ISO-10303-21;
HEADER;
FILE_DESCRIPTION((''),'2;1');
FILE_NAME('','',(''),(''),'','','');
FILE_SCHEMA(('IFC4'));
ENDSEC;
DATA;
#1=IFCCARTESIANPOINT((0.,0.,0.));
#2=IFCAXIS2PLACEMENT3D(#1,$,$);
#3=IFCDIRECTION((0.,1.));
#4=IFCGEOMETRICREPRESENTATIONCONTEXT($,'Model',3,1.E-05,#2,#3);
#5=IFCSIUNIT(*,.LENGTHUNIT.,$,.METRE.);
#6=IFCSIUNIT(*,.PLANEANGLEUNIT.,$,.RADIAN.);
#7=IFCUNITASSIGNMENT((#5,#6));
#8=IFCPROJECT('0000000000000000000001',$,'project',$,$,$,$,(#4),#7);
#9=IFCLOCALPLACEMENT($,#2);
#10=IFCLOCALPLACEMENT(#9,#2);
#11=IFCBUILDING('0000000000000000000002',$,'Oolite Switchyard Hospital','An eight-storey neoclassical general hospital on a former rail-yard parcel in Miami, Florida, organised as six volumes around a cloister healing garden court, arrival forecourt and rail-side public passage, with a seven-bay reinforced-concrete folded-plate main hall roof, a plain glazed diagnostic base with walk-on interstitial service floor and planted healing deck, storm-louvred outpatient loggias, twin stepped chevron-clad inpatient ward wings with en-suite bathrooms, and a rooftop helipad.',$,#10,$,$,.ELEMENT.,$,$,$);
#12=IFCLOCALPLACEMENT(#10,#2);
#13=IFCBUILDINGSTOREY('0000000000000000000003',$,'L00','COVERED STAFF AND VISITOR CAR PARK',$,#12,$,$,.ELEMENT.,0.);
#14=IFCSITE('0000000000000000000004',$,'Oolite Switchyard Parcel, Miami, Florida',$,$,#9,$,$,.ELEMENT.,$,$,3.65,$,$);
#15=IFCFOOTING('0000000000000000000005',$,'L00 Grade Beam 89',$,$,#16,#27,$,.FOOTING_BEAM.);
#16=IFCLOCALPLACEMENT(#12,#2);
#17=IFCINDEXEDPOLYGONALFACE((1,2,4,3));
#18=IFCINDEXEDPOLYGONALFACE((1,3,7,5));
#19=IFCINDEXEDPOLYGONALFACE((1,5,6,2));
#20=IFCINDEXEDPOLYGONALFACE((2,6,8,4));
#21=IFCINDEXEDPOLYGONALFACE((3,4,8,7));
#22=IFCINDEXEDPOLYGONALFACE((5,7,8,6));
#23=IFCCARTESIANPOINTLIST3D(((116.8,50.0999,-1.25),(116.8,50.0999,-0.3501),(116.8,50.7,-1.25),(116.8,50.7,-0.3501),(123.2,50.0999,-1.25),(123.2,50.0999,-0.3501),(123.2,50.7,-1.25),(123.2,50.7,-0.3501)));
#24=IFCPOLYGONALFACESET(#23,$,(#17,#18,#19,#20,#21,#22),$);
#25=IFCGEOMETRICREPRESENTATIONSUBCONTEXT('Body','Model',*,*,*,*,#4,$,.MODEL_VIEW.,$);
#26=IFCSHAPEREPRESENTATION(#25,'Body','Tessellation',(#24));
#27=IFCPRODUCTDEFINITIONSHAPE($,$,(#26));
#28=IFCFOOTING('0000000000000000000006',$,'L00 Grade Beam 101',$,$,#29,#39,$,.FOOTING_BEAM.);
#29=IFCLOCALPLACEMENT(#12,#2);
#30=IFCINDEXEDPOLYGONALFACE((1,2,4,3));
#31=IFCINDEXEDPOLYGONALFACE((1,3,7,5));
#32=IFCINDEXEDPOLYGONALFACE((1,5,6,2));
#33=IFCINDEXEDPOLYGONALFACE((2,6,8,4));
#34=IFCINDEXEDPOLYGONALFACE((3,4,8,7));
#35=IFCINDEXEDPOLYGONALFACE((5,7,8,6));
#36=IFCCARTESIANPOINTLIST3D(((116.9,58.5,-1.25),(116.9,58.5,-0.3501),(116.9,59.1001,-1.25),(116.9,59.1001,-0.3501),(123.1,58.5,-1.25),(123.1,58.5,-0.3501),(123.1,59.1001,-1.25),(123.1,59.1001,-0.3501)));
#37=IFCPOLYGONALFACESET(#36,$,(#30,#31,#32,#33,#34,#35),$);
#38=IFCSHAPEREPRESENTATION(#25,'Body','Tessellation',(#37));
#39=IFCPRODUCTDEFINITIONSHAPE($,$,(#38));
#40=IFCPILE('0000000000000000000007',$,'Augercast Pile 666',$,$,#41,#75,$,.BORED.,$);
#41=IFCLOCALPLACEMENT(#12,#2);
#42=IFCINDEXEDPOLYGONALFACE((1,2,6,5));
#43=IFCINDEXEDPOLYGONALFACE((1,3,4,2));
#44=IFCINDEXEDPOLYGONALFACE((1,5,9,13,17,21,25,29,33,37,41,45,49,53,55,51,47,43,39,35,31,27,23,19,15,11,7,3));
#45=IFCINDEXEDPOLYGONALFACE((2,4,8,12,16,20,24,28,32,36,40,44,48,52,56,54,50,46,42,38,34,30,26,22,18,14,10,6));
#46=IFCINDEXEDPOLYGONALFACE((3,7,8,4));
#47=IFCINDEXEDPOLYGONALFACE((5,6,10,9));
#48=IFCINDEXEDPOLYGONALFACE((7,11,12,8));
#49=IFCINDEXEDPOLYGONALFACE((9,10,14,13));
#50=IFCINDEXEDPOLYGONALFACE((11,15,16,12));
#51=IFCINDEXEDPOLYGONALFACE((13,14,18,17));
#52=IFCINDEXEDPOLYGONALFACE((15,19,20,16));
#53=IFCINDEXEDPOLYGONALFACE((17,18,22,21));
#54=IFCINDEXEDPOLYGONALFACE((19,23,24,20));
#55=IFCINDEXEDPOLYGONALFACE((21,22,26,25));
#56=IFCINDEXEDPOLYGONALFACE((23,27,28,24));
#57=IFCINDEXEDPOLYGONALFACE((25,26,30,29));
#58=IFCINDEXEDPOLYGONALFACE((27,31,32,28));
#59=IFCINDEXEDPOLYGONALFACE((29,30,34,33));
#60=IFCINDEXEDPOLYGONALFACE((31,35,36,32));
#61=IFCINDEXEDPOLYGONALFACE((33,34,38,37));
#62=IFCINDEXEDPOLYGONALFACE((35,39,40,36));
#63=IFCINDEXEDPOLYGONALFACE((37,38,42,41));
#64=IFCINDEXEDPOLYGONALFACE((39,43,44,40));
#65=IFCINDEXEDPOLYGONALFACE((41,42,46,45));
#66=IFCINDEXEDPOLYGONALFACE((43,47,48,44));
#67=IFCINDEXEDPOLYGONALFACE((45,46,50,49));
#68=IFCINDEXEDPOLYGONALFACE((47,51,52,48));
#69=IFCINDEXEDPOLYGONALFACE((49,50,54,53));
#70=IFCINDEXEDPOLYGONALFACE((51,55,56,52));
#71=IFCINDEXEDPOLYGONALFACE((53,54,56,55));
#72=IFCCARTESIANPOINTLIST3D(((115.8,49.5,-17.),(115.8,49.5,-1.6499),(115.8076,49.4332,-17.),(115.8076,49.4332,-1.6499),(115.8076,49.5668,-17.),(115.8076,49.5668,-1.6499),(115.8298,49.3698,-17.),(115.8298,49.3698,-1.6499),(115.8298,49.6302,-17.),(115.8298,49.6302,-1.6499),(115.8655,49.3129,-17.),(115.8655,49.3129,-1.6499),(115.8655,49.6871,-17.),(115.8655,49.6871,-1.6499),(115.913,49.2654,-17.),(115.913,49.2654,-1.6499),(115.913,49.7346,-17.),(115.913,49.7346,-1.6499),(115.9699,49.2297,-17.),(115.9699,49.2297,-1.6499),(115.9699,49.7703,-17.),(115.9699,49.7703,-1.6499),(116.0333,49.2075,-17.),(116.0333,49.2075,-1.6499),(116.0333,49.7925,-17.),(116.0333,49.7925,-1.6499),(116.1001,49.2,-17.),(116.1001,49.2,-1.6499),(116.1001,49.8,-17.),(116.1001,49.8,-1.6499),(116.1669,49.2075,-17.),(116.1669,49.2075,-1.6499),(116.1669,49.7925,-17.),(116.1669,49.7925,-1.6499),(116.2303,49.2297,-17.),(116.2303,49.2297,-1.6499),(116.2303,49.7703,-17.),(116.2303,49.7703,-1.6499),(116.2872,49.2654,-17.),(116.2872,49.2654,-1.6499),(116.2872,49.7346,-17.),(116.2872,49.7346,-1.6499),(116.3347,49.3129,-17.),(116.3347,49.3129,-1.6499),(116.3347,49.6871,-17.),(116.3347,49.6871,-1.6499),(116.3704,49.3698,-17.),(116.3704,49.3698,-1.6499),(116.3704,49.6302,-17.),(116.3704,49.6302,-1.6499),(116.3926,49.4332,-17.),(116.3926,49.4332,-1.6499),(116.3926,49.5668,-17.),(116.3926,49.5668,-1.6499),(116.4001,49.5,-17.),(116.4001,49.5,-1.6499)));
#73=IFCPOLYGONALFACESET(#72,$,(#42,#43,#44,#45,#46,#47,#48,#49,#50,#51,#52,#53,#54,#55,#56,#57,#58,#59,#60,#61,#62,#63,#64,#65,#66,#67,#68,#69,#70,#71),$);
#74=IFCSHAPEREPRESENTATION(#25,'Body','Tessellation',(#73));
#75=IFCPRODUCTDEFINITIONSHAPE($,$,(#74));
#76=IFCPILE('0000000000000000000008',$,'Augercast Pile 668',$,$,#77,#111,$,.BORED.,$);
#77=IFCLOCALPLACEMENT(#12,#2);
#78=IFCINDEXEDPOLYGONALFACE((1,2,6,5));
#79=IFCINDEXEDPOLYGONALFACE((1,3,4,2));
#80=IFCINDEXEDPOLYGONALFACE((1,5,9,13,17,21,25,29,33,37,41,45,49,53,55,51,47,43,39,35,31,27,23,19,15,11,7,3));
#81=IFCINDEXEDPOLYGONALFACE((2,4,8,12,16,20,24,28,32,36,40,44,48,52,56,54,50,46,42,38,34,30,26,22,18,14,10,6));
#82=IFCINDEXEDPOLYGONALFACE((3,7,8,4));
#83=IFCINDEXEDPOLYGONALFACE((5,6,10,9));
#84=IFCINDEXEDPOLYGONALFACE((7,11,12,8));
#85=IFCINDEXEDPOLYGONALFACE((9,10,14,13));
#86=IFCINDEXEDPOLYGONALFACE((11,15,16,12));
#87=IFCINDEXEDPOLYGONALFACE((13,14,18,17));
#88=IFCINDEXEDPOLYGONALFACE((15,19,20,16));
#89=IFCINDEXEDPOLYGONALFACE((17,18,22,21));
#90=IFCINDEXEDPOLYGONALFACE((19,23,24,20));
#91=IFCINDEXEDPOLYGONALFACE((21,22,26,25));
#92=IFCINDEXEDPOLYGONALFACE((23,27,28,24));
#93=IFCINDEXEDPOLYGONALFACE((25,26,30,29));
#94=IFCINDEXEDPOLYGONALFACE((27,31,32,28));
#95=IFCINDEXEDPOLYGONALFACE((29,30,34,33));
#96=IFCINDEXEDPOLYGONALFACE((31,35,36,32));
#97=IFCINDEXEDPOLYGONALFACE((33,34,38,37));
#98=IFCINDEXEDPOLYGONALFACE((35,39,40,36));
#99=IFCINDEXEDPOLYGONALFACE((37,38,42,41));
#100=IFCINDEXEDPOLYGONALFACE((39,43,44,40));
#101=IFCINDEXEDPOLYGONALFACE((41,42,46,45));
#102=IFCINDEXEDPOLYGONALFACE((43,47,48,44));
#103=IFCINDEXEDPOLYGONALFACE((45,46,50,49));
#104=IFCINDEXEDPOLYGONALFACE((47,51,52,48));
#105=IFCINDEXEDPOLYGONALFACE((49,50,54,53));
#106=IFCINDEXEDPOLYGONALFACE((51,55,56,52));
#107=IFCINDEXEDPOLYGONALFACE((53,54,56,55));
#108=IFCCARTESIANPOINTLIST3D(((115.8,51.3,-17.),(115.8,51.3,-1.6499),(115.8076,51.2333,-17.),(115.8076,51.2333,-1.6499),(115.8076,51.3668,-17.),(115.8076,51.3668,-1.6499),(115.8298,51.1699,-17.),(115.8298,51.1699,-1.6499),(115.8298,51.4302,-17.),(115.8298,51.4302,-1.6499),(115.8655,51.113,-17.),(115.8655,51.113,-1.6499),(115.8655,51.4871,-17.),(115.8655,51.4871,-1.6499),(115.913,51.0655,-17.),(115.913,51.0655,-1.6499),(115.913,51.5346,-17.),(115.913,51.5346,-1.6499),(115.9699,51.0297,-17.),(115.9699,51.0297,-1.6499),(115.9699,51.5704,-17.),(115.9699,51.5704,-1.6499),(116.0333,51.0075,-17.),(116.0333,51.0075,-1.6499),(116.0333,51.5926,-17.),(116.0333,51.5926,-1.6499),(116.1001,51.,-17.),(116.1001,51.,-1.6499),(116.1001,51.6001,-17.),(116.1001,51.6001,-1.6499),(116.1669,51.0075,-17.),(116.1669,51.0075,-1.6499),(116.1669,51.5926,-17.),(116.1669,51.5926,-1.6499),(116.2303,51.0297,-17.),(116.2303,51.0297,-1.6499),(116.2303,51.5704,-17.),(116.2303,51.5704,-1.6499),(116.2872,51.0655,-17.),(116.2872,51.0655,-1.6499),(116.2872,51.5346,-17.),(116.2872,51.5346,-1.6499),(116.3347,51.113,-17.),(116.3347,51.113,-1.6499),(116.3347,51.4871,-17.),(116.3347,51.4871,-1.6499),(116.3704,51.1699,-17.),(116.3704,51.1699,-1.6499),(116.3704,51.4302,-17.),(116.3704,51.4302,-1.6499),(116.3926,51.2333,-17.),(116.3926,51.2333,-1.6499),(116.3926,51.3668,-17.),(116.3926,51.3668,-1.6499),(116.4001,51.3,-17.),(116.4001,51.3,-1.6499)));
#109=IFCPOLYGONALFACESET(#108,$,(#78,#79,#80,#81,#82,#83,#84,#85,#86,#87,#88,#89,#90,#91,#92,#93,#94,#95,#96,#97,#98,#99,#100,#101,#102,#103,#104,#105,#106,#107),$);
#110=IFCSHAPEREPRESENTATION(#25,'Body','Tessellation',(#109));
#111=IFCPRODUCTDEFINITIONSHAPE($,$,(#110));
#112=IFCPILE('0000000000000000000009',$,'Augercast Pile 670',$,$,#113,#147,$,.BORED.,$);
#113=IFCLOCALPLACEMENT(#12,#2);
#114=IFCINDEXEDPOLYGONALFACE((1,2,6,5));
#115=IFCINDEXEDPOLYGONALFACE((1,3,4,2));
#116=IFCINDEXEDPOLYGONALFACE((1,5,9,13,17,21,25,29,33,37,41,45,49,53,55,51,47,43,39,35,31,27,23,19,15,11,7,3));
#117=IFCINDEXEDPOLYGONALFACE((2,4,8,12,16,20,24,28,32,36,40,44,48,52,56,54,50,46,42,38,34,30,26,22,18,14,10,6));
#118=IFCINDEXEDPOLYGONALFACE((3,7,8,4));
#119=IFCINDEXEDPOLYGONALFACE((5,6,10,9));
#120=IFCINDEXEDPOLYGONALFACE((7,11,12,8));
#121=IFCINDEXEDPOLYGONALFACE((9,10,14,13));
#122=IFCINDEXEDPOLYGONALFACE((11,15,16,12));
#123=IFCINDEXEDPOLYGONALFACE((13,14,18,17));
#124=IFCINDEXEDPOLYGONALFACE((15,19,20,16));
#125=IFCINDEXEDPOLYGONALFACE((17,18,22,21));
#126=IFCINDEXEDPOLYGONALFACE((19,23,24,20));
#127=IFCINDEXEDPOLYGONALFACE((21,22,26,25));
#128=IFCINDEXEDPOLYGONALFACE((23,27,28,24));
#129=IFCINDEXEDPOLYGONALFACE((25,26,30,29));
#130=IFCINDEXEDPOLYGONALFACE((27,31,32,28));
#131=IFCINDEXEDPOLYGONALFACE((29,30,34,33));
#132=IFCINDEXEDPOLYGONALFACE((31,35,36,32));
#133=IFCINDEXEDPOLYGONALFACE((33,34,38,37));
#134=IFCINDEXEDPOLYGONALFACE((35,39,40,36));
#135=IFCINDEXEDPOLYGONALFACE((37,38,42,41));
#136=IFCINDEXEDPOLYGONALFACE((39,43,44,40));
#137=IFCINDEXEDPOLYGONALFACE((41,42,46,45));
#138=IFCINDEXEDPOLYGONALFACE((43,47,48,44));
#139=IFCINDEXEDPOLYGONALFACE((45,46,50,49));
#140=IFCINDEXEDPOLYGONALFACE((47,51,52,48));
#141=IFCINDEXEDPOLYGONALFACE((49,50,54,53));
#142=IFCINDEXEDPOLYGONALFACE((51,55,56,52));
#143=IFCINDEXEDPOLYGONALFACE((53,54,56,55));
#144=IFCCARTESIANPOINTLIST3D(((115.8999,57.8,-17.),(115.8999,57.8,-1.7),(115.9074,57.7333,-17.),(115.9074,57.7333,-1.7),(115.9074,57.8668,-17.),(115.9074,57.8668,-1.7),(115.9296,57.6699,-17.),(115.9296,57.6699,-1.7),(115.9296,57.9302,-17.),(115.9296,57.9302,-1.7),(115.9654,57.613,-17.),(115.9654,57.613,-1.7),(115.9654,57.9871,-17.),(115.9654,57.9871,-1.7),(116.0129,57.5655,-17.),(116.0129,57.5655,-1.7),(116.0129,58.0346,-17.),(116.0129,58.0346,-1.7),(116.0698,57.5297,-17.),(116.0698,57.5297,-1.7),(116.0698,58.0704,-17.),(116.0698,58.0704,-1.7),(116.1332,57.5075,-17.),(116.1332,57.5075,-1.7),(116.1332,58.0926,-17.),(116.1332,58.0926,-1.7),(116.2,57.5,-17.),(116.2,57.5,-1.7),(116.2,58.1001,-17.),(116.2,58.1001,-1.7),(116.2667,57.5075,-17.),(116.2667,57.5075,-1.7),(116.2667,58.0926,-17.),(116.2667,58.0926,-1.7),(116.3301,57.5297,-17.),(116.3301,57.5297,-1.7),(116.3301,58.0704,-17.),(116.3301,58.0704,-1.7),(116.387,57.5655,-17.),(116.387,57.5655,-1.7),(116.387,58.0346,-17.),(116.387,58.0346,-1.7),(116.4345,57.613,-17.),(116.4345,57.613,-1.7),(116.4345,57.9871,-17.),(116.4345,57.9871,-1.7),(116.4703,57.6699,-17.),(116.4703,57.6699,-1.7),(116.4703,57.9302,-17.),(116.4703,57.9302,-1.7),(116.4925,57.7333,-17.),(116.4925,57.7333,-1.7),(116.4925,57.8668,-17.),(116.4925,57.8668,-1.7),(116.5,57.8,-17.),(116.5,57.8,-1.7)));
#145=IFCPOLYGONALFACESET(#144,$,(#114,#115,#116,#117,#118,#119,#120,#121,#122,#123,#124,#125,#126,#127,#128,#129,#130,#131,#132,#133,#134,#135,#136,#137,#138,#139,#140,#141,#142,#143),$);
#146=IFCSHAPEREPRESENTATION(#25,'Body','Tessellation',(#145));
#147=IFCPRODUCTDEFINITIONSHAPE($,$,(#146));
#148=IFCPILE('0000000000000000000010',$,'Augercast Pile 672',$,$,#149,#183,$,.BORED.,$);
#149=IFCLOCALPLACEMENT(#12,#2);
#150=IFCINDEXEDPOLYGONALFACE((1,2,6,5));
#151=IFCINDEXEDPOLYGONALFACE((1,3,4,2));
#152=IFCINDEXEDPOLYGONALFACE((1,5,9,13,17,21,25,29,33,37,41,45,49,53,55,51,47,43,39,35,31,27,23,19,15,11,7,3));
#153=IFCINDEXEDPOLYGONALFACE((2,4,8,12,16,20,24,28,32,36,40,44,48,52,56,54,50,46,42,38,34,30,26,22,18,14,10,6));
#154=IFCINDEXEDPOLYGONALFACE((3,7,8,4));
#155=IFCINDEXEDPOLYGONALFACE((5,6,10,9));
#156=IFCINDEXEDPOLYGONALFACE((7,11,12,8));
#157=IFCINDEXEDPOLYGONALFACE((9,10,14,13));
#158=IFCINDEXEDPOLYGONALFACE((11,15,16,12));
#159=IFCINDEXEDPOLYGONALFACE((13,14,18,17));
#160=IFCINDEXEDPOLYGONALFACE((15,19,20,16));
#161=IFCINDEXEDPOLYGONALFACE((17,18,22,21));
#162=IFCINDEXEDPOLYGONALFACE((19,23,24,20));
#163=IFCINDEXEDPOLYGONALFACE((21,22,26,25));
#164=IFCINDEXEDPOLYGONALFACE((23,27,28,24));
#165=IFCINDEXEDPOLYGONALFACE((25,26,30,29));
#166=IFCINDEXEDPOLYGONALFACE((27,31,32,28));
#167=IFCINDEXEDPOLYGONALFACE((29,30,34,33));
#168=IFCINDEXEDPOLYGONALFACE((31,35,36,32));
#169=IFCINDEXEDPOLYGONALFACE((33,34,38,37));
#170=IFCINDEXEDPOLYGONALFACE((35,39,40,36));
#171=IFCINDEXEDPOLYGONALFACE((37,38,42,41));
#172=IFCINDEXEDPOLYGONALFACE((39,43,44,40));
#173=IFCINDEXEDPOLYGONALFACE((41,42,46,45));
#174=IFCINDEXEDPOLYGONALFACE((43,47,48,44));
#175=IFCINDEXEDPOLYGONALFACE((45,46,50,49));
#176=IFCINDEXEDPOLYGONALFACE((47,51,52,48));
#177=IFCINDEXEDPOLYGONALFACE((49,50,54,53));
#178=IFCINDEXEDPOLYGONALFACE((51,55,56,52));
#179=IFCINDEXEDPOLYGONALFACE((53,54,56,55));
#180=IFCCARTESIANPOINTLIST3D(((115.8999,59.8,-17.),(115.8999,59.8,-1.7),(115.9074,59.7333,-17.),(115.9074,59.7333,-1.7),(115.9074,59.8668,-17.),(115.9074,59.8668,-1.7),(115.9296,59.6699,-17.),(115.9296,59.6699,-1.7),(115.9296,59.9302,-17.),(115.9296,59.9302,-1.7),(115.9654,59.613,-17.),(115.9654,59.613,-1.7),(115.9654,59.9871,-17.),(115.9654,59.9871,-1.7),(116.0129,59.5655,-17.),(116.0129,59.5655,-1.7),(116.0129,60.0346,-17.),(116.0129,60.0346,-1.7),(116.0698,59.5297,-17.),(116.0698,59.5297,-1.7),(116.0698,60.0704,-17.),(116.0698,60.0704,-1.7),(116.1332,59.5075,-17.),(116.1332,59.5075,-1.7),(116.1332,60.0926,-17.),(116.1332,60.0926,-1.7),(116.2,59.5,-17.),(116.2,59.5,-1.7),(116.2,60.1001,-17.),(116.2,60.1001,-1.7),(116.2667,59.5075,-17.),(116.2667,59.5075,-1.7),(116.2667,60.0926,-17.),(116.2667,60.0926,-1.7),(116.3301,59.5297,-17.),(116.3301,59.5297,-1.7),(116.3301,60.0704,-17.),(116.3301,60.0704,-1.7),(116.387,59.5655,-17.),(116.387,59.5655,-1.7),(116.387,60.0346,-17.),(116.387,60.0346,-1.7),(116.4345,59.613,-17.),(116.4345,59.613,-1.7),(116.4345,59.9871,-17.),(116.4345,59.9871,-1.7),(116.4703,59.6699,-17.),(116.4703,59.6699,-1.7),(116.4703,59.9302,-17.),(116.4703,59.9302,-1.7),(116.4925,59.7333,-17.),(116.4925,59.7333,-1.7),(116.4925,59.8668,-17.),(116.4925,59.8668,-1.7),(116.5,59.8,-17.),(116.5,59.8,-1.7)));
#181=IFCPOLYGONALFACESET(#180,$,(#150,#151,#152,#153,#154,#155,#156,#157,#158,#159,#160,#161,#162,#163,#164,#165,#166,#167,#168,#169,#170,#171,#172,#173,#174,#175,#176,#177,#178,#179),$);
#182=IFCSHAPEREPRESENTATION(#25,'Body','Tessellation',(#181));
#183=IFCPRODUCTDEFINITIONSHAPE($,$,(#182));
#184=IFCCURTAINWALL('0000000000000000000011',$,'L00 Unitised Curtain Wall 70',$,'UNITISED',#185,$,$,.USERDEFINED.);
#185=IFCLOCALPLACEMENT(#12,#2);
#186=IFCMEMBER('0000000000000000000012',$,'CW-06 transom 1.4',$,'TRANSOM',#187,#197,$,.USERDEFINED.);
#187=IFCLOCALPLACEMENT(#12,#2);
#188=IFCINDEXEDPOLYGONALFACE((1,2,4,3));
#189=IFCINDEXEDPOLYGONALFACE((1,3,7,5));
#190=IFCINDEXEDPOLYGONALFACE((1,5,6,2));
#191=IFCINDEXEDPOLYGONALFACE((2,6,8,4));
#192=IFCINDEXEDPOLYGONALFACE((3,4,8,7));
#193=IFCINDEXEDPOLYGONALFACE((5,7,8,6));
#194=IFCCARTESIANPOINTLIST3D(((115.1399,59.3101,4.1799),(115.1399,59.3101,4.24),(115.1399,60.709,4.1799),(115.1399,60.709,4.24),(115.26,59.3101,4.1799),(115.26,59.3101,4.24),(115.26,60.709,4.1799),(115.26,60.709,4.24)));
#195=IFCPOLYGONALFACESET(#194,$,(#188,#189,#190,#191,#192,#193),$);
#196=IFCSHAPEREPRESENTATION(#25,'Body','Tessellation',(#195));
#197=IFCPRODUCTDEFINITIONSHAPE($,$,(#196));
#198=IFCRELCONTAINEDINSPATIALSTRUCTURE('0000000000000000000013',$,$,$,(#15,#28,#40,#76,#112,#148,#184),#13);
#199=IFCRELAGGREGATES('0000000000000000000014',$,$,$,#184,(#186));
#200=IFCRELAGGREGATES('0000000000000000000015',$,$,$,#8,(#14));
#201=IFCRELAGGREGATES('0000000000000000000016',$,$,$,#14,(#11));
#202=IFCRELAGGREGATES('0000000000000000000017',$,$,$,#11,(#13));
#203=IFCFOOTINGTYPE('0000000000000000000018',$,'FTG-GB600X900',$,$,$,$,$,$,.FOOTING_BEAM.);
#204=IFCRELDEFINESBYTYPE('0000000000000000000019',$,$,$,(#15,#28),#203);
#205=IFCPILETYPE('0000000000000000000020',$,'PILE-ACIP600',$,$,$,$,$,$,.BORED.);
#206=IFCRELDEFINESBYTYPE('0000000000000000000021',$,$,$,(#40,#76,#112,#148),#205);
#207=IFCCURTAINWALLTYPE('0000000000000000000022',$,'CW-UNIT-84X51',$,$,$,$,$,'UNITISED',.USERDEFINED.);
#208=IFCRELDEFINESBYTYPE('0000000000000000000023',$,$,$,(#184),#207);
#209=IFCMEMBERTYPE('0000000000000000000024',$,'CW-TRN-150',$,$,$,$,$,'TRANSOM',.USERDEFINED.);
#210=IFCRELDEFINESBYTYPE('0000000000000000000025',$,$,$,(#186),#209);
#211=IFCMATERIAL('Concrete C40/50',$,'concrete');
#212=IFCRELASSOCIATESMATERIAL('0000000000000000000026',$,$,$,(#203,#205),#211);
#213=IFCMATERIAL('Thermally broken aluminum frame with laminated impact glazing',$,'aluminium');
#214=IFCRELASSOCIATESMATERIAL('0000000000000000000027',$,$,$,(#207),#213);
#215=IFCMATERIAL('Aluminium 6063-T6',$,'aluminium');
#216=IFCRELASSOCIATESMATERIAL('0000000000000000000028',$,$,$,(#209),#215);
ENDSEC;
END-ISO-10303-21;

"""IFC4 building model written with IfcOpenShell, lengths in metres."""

from ifc_helpers import new_model, si_unit, direction, frame, origin, origin_2d, place, context, subcontext, project, spatial, rectangle, circle, extrude, material, material_profile, profile_set, type_object, element, aggregate, save


model = new_model("IFC4")

# Units and contexts
model_context = context("Model", 3, precision=1e-05, world=origin(), true_north=direction((0.0, 1.0)))
body_context = subcontext(model_context, "Body", "Model", "MODEL_VIEW")
ifc_project = project(units=[si_unit("LENGTHUNIT", "METRE"), si_unit("PLANEANGLEUNIT", "RADIAN")], contexts=[model_context])

# Site, building, storey
site_placement = place(None, origin())
site = spatial("IfcSite", under=ifc_project, at=site_placement, Name="Oolite Switchyard Parcel, Miami, Florida", CompositionType="ELEMENT", RefElevation=3.65)
building_placement = place(site_placement, origin())
building = spatial("IfcBuilding", under=site, at=building_placement, Name="Oolite Switchyard Hospital", Description="An eight-storey neoclassical general hospital on a former rail-yard parcel in Miami, Florida, organised as six volumes around a cloister healing garden court, arrival forecourt and rail-side public passage, with a seven-bay reinforced-concrete folded-plate main hall roof, a plain glazed diagnostic base with walk-on interstitial service floor and planted healing deck, storm-louvred outpatient loggias, twin stepped chevron-clad inpatient ward wings with en-suite bathrooms, and a rooftop helipad.", CompositionType="ELEMENT")
storey_placement = place(building_placement, origin())
storey = spatial("IfcBuildingStorey", under=building, at=storey_placement, Name="L00", Description="COVERED STAFF AND VISITOR CAR PARK", CompositionType="ELEMENT", Elevation=0.0)

# Footings
ifc_material_1 = material(Name="Concrete C40/50", Category="concrete")
footing_type = type_object("IfcFootingType", Name="FTG-GB600X900", PredefinedType="FOOTING_BEAM", material=ifc_material_1)
footing_1_placement = place(storey_placement, frame((120.0, 50.3999, -1.25), z_axis=(0.0, 0.0, 1.0), x_axis=(1.0, 0.0, 0.0)))
element("IfcFooting", 1, at=footing_1_placement, inside=storey, type_object=footing_type, Name="L00 Grade Beam 89", PredefinedType="FOOTING_BEAM", context=body_context, shape_type="SweptSolid", body=[
    extrude(rectangle(XDim=6.3999, YDim=0.6001, at=origin_2d()), origin(), (0.0, 0.0, 1.0), 0.8999),
])
footing_2_placement = place(storey_placement, frame((120.0, 58.8, -1.25), z_axis=(0.0, 0.0, 1.0), x_axis=(1.0, 0.0, 0.0)))
element("IfcFooting", 2, at=footing_2_placement, inside=storey, type_object=footing_type, Name="L00 Grade Beam 101", PredefinedType="FOOTING_BEAM", context=body_context, shape_type="SweptSolid", body=[
    extrude(rectangle(XDim=6.2, YDim=0.6001, at=origin_2d()), origin(), (0.0, 0.0, 1.0), 0.8999),
])

# Piles
ifc_material_profile_1 = material_profile(ifc_material_1, circle(Radius=0.3, at=origin_2d()), Name="PILE600")
ifc_profile_set_1 = profile_set([ifc_material_profile_1], Name="Concrete C40/50")
pile_type = type_object("IfcPileType", Name="PILE-ACIP600", PredefinedType="BORED", material=ifc_profile_set_1)
for number, where, z_axis, x_axis, name in (
    (3, (116.1001, 49.5, -1.6499), (0.0, 0.0, -1.0), (1.0, 0.0, 0.0), "Augercast Pile 666"),
    (4, (116.1001, 51.3, -1.6499), (0.0, 0.0, -1.0), (1.0, 0.0, 0.0), "Augercast Pile 668"),
):
    element("IfcPile", number, at=place(storey_placement, frame(where, z_axis=z_axis, x_axis=x_axis)), inside=storey, type_object=pile_type, Name=name, PredefinedType="BORED", context=body_context, shape_type="SweptSolid", body=[
        extrude(circle(Radius=0.3, at=origin_2d()), origin(), (0.0, 0.0, 1.0), 15.3501),
    ])
for number, where, z_axis, x_axis, name in (
    (5, (116.2, 57.8, -1.7), (0.0, 0.0, -1.0), (1.0, 0.0, 0.0), "Augercast Pile 670"),
    (6, (116.2, 59.8, -1.7), (0.0, 0.0, -1.0), (1.0, 0.0, 0.0), "Augercast Pile 672"),
):
    element("IfcPile", number, at=place(storey_placement, frame(where, z_axis=z_axis, x_axis=x_axis)), inside=storey, type_object=pile_type, Name=name, PredefinedType="BORED", context=body_context, shape_type="SweptSolid", body=[
        extrude(circle(Radius=0.3, at=origin_2d()), origin(), (0.0, 0.0, 1.0), 15.3),
    ])

# Curtain wall, member
ifc_material_2 = material(Name="Thermally broken aluminum frame with laminated impact glazing", Category="aluminium")
curtain_wall_type = type_object("IfcCurtainWallType", Name="CW-UNIT-84X51", ElementType="UNITISED", PredefinedType="USERDEFINED", material=ifc_material_2)
curtain_wall_placement = place(storey_placement, origin())
curtain_wall = element("IfcCurtainWall", 7, at=curtain_wall_placement, inside=storey, type_object=curtain_wall_type, Name="L00 Unitised Curtain Wall 70", ObjectType="UNITISED", PredefinedType="USERDEFINED")
ifc_material_3 = material(Name="Aluminium 6063-T6", Category="aluminium")
ifc_material_profile_2 = material_profile(ifc_material_3, rectangle(XDim=0.1201, YDim=0.0601, at=origin_2d()), Name="CWT60X120")
ifc_profile_set_2 = profile_set([ifc_material_profile_2], Name="Aluminium 6063-T6")
member_type = type_object("IfcMemberType", Name="CW-TRN-150", ElementType="TRANSOM", PredefinedType="USERDEFINED", material=ifc_profile_set_2)
member_1_placement = place(storey_placement, frame((115.2, 59.3101, 4.21), z_axis=(0.0, 1.0, 0.0), x_axis=(-1.0, 0.0, 0.0)))
member_1 = element("IfcMember", 8, at=member_1_placement, type_object=member_type, Name="CW-06 transom 1.4", ObjectType="TRANSOM", PredefinedType="USERDEFINED", context=body_context, shape_type="SweptSolid", body=[
    extrude(rectangle(XDim=0.1201, YDim=0.0601, at=origin_2d()), origin(), (0.0, 0.0, 1.0), 1.3989),
])
aggregate(curtain_wall, [member_1])

save(model, "model.ifc")
